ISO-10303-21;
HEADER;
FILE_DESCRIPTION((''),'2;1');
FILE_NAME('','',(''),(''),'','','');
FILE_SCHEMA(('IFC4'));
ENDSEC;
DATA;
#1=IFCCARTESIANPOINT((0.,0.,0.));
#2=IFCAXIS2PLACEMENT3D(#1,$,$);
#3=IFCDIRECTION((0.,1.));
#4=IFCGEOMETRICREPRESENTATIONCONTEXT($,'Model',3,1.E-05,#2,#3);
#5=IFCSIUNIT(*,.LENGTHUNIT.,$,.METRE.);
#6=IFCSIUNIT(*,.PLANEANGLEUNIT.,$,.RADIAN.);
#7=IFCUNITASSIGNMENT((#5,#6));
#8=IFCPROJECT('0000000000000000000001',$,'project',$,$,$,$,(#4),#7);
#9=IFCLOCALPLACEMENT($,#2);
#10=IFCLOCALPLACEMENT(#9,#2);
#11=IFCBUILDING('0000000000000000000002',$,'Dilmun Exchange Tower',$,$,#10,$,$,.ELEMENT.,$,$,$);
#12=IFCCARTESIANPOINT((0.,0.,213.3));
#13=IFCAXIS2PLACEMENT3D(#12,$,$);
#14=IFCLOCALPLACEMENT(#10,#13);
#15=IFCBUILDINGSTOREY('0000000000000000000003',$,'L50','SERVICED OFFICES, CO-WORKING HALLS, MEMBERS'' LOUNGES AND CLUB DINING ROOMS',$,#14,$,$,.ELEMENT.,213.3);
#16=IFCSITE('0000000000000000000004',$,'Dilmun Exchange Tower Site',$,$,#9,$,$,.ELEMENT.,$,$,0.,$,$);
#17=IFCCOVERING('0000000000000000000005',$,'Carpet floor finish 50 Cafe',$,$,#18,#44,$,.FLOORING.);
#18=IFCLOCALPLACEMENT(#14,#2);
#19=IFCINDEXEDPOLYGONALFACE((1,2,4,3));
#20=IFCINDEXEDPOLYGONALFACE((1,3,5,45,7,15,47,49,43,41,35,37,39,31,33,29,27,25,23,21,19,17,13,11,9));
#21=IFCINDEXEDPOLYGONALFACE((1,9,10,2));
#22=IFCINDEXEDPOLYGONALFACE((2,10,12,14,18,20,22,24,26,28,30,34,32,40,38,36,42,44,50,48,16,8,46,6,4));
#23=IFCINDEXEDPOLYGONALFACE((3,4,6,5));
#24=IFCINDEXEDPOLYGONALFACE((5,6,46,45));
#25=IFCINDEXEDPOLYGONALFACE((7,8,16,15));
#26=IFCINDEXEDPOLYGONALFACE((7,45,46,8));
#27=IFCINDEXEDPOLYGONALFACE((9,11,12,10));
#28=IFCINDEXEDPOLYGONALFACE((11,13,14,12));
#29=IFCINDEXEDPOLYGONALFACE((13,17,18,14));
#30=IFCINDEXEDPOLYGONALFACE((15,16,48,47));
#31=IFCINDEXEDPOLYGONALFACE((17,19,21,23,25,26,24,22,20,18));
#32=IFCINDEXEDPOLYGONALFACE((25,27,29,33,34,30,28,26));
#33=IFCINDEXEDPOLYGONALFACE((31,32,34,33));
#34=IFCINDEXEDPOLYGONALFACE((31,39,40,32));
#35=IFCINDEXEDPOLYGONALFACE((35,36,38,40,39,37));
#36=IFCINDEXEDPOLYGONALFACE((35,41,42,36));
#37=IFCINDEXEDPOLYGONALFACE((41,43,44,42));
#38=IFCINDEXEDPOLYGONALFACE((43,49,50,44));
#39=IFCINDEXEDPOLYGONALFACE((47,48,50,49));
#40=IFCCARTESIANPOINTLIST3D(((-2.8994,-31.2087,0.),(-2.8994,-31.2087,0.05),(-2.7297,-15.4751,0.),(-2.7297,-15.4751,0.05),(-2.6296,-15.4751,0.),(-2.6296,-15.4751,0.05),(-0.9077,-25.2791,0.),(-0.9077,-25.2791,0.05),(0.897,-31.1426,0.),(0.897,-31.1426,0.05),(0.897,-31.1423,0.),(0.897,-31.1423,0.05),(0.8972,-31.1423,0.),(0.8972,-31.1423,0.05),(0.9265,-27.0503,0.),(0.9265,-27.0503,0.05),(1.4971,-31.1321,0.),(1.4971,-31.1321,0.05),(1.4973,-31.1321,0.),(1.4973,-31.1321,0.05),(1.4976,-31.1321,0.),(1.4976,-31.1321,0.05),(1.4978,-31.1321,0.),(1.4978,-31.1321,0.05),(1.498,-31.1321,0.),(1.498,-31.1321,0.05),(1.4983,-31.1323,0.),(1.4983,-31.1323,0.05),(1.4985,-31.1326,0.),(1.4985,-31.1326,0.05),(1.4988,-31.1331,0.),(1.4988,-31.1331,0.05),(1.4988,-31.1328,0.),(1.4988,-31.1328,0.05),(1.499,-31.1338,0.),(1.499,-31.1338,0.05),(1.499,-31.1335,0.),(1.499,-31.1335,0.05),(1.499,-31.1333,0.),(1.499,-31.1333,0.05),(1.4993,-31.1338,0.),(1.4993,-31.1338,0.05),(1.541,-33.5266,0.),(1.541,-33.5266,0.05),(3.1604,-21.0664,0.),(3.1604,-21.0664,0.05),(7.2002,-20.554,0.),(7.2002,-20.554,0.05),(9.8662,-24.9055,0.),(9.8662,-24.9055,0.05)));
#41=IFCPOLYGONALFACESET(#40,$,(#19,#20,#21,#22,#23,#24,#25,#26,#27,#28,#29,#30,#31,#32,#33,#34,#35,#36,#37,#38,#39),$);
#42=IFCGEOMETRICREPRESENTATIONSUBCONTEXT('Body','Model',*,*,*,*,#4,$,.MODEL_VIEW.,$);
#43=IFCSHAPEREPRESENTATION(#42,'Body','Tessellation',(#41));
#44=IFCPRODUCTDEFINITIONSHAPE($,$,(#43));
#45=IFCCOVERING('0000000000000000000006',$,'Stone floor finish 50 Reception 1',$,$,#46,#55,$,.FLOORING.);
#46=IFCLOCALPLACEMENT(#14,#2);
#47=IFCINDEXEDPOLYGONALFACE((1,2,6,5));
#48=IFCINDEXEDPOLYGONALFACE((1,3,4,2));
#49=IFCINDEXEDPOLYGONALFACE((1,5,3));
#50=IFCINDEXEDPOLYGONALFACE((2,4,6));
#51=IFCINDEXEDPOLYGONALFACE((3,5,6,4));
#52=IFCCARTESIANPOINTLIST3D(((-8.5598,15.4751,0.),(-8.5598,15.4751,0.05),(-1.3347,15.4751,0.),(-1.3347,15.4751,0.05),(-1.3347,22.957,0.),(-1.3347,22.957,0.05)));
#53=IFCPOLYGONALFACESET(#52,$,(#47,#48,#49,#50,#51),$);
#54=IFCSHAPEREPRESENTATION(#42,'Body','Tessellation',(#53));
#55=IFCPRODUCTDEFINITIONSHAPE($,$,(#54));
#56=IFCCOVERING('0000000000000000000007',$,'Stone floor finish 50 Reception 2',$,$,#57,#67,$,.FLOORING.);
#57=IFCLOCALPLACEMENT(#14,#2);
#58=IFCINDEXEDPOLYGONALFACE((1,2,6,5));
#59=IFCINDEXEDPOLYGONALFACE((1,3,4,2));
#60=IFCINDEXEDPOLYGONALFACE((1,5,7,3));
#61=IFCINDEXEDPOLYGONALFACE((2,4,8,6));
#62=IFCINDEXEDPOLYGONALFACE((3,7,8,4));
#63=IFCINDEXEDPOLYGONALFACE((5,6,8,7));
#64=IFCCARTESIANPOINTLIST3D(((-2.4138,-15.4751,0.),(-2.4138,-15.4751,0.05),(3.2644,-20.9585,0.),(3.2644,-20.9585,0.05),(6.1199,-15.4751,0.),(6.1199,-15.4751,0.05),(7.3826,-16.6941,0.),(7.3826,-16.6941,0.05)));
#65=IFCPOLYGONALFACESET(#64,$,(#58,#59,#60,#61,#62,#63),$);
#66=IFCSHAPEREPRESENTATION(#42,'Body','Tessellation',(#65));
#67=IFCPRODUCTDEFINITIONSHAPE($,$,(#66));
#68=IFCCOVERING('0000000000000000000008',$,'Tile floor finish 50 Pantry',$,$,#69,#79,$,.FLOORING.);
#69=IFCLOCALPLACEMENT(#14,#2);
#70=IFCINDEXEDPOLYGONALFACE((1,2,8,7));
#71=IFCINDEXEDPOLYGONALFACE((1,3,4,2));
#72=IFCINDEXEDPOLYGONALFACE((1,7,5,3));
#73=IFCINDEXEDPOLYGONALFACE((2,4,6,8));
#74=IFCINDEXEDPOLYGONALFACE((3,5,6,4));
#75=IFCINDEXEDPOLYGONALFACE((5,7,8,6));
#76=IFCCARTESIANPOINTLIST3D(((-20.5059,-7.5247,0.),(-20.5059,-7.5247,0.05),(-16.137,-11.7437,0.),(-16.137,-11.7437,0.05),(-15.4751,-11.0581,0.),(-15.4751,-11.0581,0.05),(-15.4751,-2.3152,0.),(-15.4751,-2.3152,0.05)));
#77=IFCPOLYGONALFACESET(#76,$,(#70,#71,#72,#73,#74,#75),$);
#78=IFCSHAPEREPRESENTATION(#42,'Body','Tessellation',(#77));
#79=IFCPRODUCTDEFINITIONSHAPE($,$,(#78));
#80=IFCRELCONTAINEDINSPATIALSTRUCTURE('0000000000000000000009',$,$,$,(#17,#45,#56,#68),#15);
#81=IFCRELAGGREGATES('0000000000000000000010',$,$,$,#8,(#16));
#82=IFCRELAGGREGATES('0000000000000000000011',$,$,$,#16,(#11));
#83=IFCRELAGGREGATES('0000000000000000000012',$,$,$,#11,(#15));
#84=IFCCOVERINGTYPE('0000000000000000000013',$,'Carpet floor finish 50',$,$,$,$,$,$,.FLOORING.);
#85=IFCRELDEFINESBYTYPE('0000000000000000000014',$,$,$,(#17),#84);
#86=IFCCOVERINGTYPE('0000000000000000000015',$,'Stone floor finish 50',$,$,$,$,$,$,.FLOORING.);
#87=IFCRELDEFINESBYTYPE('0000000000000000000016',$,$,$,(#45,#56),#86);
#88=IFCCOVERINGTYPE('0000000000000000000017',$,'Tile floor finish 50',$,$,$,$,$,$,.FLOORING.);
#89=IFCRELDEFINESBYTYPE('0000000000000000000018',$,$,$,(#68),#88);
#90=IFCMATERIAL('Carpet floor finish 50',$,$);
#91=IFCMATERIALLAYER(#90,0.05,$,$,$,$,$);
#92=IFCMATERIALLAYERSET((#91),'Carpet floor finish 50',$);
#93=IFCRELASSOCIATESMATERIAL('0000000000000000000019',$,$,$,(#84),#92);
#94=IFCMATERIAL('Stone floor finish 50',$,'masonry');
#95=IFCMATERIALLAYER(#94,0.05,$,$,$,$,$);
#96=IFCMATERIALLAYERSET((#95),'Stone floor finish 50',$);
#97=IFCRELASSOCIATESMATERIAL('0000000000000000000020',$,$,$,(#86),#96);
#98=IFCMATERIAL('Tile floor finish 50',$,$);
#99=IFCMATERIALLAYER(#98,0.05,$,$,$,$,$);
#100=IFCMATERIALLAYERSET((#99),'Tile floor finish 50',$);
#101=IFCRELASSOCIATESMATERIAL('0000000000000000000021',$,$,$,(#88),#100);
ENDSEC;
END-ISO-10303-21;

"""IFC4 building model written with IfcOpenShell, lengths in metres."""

from ifc_helpers import new_model, si_unit, direction, frame, origin, place, context, subcontext, project, spatial, polyline, outline, extrude, material, layer, layer_set, type_object, element, save


model = new_model("IFC4")

# Units and contexts
model_context = context("Model", 3, precision=1e-05, world=origin(), true_north=direction((0.0, 1.0)))
body_context = subcontext(model_context, "Body", "Model", "MODEL_VIEW")
ifc_project = project(units=[si_unit("LENGTHUNIT", "METRE"), si_unit("PLANEANGLEUNIT", "RADIAN")], contexts=[model_context])

# Site, building, storey
site_placement = place(None, origin())
site = spatial("IfcSite", under=ifc_project, at=site_placement, Name="Dilmun Exchange Tower Site", CompositionType="ELEMENT", RefElevation=0.0)
building_placement = place(site_placement, origin())
building = spatial("IfcBuilding", under=site, at=building_placement, Name="Dilmun Exchange Tower", CompositionType="ELEMENT")
storey_placement = place(building_placement, frame((0.0, 0.0, 213.3)))
storey = spatial("IfcBuildingStorey", under=building, at=storey_placement, Name="L50", Description="SERVICED OFFICES, CO-WORKING HALLS, MEMBERS' LOUNGES AND CLUB DINING ROOMS", CompositionType="ELEMENT", Elevation=213.3)

# Coverings
ifc_material_1 = material(Name="Carpet floor finish 50")
ifc_layer_1 = layer(ifc_material_1, 0.05)
ifc_layer_set_1 = layer_set([ifc_layer_1], Name="Carpet floor finish 50")
covering_type_1 = type_object("IfcCoveringType", Name="Carpet floor finish 50", PredefinedType="FLOORING", material=ifc_layer_set_1)
covering_1_placement = place(storey_placement, origin())
element("IfcCovering", 1, at=covering_1_placement, inside=storey, type_object=covering_type_1, Name="Carpet floor finish 50 Cafe", PredefinedType="FLOORING", context=body_context, shape_type="SweptSolid", body=[
    extrude(outline(polyline([(7.2002, -20.554), (9.8662, -24.9055), (1.541, -33.5266), (1.4993, -31.1338), (1.499, -31.1338), (1.499, -31.1335), (1.499, -31.1333), (1.499, -31.1333), (1.4988, -31.1331), (1.4988, -31.1328), (1.4988, -31.1328), (1.4985, -31.1326), (1.4983, -31.1323), (1.4983, -31.1323), (1.498, -31.1321), (1.4978, -31.1321), (1.4978, -31.1321), (1.4976, -31.1321), (1.4973, -31.1321), (1.4971, -31.1321), (0.8972, -31.1423), (0.897, -31.1423), (0.897, -31.1426), (-2.8994, -31.2087), (-2.7297, -15.4751), (-2.6296, -15.4751), (3.1604, -21.0664), (-0.9077, -25.2791), (0.9265, -27.0503), (7.2002, -20.554)])), origin(), (0.0, 0.0, 1.0), 0.05),
])
ifc_material_2 = material(Name="Stone floor finish 50", Category="masonry")
ifc_layer_2 = layer(ifc_material_2, 0.05)
ifc_layer_set_2 = layer_set([ifc_layer_2], Name="Stone floor finish 50")
covering_type_2 = type_object("IfcCoveringType", Name="Stone floor finish 50", PredefinedType="FLOORING", material=ifc_layer_set_2)
covering_2_placement = place(storey_placement, origin())
element("IfcCovering", 2, at=covering_2_placement, inside=storey, type_object=covering_type_2, Name="Stone floor finish 50 Reception 1", PredefinedType="FLOORING", context=body_context, shape_type="SweptSolid", body=[
    extrude(outline(polyline([(-1.3347, 22.957), (-1.3347, 15.4751), (-8.5598, 15.4751), (-1.3347, 22.957)])), origin(), (0.0, 0.0, 1.0), 0.05),
])
covering_3_placement = place(storey_placement, origin())
element("IfcCovering", 3, at=covering_3_placement, inside=storey, type_object=covering_type_2, Name="Stone floor finish 50 Reception 2", PredefinedType="FLOORING", context=body_context, shape_type="SweptSolid", body=[
    extrude(outline(polyline([(7.3826, -16.6941), (3.2644, -20.9585), (-2.4138, -15.4751), (6.1199, -15.4751), (7.3826, -16.6941)])), origin(), (0.0, 0.0, 1.0), 0.05),
])
ifc_material_3 = material(Name="Tile floor finish 50")
ifc_layer_3 = layer(ifc_material_3, 0.05)
ifc_layer_set_3 = layer_set([ifc_layer_3], Name="Tile floor finish 50")
covering_type_3 = type_object("IfcCoveringType", Name="Tile floor finish 50", PredefinedType="FLOORING", material=ifc_layer_set_3)
covering_4_placement = place(storey_placement, origin())
element("IfcCovering", 4, at=covering_4_placement, inside=storey, type_object=covering_type_3, Name="Tile floor finish 50 Pantry", PredefinedType="FLOORING", context=body_context, shape_type="SweptSolid", body=[
    extrude(outline(polyline([(-16.137, -11.7437), (-20.5059, -7.5247), (-15.4751, -2.3152), (-15.4751, -11.0581), (-16.137, -11.7437)])), origin(), (0.0, 0.0, 1.0), 0.05),
])

save(model, "model.ifc")
